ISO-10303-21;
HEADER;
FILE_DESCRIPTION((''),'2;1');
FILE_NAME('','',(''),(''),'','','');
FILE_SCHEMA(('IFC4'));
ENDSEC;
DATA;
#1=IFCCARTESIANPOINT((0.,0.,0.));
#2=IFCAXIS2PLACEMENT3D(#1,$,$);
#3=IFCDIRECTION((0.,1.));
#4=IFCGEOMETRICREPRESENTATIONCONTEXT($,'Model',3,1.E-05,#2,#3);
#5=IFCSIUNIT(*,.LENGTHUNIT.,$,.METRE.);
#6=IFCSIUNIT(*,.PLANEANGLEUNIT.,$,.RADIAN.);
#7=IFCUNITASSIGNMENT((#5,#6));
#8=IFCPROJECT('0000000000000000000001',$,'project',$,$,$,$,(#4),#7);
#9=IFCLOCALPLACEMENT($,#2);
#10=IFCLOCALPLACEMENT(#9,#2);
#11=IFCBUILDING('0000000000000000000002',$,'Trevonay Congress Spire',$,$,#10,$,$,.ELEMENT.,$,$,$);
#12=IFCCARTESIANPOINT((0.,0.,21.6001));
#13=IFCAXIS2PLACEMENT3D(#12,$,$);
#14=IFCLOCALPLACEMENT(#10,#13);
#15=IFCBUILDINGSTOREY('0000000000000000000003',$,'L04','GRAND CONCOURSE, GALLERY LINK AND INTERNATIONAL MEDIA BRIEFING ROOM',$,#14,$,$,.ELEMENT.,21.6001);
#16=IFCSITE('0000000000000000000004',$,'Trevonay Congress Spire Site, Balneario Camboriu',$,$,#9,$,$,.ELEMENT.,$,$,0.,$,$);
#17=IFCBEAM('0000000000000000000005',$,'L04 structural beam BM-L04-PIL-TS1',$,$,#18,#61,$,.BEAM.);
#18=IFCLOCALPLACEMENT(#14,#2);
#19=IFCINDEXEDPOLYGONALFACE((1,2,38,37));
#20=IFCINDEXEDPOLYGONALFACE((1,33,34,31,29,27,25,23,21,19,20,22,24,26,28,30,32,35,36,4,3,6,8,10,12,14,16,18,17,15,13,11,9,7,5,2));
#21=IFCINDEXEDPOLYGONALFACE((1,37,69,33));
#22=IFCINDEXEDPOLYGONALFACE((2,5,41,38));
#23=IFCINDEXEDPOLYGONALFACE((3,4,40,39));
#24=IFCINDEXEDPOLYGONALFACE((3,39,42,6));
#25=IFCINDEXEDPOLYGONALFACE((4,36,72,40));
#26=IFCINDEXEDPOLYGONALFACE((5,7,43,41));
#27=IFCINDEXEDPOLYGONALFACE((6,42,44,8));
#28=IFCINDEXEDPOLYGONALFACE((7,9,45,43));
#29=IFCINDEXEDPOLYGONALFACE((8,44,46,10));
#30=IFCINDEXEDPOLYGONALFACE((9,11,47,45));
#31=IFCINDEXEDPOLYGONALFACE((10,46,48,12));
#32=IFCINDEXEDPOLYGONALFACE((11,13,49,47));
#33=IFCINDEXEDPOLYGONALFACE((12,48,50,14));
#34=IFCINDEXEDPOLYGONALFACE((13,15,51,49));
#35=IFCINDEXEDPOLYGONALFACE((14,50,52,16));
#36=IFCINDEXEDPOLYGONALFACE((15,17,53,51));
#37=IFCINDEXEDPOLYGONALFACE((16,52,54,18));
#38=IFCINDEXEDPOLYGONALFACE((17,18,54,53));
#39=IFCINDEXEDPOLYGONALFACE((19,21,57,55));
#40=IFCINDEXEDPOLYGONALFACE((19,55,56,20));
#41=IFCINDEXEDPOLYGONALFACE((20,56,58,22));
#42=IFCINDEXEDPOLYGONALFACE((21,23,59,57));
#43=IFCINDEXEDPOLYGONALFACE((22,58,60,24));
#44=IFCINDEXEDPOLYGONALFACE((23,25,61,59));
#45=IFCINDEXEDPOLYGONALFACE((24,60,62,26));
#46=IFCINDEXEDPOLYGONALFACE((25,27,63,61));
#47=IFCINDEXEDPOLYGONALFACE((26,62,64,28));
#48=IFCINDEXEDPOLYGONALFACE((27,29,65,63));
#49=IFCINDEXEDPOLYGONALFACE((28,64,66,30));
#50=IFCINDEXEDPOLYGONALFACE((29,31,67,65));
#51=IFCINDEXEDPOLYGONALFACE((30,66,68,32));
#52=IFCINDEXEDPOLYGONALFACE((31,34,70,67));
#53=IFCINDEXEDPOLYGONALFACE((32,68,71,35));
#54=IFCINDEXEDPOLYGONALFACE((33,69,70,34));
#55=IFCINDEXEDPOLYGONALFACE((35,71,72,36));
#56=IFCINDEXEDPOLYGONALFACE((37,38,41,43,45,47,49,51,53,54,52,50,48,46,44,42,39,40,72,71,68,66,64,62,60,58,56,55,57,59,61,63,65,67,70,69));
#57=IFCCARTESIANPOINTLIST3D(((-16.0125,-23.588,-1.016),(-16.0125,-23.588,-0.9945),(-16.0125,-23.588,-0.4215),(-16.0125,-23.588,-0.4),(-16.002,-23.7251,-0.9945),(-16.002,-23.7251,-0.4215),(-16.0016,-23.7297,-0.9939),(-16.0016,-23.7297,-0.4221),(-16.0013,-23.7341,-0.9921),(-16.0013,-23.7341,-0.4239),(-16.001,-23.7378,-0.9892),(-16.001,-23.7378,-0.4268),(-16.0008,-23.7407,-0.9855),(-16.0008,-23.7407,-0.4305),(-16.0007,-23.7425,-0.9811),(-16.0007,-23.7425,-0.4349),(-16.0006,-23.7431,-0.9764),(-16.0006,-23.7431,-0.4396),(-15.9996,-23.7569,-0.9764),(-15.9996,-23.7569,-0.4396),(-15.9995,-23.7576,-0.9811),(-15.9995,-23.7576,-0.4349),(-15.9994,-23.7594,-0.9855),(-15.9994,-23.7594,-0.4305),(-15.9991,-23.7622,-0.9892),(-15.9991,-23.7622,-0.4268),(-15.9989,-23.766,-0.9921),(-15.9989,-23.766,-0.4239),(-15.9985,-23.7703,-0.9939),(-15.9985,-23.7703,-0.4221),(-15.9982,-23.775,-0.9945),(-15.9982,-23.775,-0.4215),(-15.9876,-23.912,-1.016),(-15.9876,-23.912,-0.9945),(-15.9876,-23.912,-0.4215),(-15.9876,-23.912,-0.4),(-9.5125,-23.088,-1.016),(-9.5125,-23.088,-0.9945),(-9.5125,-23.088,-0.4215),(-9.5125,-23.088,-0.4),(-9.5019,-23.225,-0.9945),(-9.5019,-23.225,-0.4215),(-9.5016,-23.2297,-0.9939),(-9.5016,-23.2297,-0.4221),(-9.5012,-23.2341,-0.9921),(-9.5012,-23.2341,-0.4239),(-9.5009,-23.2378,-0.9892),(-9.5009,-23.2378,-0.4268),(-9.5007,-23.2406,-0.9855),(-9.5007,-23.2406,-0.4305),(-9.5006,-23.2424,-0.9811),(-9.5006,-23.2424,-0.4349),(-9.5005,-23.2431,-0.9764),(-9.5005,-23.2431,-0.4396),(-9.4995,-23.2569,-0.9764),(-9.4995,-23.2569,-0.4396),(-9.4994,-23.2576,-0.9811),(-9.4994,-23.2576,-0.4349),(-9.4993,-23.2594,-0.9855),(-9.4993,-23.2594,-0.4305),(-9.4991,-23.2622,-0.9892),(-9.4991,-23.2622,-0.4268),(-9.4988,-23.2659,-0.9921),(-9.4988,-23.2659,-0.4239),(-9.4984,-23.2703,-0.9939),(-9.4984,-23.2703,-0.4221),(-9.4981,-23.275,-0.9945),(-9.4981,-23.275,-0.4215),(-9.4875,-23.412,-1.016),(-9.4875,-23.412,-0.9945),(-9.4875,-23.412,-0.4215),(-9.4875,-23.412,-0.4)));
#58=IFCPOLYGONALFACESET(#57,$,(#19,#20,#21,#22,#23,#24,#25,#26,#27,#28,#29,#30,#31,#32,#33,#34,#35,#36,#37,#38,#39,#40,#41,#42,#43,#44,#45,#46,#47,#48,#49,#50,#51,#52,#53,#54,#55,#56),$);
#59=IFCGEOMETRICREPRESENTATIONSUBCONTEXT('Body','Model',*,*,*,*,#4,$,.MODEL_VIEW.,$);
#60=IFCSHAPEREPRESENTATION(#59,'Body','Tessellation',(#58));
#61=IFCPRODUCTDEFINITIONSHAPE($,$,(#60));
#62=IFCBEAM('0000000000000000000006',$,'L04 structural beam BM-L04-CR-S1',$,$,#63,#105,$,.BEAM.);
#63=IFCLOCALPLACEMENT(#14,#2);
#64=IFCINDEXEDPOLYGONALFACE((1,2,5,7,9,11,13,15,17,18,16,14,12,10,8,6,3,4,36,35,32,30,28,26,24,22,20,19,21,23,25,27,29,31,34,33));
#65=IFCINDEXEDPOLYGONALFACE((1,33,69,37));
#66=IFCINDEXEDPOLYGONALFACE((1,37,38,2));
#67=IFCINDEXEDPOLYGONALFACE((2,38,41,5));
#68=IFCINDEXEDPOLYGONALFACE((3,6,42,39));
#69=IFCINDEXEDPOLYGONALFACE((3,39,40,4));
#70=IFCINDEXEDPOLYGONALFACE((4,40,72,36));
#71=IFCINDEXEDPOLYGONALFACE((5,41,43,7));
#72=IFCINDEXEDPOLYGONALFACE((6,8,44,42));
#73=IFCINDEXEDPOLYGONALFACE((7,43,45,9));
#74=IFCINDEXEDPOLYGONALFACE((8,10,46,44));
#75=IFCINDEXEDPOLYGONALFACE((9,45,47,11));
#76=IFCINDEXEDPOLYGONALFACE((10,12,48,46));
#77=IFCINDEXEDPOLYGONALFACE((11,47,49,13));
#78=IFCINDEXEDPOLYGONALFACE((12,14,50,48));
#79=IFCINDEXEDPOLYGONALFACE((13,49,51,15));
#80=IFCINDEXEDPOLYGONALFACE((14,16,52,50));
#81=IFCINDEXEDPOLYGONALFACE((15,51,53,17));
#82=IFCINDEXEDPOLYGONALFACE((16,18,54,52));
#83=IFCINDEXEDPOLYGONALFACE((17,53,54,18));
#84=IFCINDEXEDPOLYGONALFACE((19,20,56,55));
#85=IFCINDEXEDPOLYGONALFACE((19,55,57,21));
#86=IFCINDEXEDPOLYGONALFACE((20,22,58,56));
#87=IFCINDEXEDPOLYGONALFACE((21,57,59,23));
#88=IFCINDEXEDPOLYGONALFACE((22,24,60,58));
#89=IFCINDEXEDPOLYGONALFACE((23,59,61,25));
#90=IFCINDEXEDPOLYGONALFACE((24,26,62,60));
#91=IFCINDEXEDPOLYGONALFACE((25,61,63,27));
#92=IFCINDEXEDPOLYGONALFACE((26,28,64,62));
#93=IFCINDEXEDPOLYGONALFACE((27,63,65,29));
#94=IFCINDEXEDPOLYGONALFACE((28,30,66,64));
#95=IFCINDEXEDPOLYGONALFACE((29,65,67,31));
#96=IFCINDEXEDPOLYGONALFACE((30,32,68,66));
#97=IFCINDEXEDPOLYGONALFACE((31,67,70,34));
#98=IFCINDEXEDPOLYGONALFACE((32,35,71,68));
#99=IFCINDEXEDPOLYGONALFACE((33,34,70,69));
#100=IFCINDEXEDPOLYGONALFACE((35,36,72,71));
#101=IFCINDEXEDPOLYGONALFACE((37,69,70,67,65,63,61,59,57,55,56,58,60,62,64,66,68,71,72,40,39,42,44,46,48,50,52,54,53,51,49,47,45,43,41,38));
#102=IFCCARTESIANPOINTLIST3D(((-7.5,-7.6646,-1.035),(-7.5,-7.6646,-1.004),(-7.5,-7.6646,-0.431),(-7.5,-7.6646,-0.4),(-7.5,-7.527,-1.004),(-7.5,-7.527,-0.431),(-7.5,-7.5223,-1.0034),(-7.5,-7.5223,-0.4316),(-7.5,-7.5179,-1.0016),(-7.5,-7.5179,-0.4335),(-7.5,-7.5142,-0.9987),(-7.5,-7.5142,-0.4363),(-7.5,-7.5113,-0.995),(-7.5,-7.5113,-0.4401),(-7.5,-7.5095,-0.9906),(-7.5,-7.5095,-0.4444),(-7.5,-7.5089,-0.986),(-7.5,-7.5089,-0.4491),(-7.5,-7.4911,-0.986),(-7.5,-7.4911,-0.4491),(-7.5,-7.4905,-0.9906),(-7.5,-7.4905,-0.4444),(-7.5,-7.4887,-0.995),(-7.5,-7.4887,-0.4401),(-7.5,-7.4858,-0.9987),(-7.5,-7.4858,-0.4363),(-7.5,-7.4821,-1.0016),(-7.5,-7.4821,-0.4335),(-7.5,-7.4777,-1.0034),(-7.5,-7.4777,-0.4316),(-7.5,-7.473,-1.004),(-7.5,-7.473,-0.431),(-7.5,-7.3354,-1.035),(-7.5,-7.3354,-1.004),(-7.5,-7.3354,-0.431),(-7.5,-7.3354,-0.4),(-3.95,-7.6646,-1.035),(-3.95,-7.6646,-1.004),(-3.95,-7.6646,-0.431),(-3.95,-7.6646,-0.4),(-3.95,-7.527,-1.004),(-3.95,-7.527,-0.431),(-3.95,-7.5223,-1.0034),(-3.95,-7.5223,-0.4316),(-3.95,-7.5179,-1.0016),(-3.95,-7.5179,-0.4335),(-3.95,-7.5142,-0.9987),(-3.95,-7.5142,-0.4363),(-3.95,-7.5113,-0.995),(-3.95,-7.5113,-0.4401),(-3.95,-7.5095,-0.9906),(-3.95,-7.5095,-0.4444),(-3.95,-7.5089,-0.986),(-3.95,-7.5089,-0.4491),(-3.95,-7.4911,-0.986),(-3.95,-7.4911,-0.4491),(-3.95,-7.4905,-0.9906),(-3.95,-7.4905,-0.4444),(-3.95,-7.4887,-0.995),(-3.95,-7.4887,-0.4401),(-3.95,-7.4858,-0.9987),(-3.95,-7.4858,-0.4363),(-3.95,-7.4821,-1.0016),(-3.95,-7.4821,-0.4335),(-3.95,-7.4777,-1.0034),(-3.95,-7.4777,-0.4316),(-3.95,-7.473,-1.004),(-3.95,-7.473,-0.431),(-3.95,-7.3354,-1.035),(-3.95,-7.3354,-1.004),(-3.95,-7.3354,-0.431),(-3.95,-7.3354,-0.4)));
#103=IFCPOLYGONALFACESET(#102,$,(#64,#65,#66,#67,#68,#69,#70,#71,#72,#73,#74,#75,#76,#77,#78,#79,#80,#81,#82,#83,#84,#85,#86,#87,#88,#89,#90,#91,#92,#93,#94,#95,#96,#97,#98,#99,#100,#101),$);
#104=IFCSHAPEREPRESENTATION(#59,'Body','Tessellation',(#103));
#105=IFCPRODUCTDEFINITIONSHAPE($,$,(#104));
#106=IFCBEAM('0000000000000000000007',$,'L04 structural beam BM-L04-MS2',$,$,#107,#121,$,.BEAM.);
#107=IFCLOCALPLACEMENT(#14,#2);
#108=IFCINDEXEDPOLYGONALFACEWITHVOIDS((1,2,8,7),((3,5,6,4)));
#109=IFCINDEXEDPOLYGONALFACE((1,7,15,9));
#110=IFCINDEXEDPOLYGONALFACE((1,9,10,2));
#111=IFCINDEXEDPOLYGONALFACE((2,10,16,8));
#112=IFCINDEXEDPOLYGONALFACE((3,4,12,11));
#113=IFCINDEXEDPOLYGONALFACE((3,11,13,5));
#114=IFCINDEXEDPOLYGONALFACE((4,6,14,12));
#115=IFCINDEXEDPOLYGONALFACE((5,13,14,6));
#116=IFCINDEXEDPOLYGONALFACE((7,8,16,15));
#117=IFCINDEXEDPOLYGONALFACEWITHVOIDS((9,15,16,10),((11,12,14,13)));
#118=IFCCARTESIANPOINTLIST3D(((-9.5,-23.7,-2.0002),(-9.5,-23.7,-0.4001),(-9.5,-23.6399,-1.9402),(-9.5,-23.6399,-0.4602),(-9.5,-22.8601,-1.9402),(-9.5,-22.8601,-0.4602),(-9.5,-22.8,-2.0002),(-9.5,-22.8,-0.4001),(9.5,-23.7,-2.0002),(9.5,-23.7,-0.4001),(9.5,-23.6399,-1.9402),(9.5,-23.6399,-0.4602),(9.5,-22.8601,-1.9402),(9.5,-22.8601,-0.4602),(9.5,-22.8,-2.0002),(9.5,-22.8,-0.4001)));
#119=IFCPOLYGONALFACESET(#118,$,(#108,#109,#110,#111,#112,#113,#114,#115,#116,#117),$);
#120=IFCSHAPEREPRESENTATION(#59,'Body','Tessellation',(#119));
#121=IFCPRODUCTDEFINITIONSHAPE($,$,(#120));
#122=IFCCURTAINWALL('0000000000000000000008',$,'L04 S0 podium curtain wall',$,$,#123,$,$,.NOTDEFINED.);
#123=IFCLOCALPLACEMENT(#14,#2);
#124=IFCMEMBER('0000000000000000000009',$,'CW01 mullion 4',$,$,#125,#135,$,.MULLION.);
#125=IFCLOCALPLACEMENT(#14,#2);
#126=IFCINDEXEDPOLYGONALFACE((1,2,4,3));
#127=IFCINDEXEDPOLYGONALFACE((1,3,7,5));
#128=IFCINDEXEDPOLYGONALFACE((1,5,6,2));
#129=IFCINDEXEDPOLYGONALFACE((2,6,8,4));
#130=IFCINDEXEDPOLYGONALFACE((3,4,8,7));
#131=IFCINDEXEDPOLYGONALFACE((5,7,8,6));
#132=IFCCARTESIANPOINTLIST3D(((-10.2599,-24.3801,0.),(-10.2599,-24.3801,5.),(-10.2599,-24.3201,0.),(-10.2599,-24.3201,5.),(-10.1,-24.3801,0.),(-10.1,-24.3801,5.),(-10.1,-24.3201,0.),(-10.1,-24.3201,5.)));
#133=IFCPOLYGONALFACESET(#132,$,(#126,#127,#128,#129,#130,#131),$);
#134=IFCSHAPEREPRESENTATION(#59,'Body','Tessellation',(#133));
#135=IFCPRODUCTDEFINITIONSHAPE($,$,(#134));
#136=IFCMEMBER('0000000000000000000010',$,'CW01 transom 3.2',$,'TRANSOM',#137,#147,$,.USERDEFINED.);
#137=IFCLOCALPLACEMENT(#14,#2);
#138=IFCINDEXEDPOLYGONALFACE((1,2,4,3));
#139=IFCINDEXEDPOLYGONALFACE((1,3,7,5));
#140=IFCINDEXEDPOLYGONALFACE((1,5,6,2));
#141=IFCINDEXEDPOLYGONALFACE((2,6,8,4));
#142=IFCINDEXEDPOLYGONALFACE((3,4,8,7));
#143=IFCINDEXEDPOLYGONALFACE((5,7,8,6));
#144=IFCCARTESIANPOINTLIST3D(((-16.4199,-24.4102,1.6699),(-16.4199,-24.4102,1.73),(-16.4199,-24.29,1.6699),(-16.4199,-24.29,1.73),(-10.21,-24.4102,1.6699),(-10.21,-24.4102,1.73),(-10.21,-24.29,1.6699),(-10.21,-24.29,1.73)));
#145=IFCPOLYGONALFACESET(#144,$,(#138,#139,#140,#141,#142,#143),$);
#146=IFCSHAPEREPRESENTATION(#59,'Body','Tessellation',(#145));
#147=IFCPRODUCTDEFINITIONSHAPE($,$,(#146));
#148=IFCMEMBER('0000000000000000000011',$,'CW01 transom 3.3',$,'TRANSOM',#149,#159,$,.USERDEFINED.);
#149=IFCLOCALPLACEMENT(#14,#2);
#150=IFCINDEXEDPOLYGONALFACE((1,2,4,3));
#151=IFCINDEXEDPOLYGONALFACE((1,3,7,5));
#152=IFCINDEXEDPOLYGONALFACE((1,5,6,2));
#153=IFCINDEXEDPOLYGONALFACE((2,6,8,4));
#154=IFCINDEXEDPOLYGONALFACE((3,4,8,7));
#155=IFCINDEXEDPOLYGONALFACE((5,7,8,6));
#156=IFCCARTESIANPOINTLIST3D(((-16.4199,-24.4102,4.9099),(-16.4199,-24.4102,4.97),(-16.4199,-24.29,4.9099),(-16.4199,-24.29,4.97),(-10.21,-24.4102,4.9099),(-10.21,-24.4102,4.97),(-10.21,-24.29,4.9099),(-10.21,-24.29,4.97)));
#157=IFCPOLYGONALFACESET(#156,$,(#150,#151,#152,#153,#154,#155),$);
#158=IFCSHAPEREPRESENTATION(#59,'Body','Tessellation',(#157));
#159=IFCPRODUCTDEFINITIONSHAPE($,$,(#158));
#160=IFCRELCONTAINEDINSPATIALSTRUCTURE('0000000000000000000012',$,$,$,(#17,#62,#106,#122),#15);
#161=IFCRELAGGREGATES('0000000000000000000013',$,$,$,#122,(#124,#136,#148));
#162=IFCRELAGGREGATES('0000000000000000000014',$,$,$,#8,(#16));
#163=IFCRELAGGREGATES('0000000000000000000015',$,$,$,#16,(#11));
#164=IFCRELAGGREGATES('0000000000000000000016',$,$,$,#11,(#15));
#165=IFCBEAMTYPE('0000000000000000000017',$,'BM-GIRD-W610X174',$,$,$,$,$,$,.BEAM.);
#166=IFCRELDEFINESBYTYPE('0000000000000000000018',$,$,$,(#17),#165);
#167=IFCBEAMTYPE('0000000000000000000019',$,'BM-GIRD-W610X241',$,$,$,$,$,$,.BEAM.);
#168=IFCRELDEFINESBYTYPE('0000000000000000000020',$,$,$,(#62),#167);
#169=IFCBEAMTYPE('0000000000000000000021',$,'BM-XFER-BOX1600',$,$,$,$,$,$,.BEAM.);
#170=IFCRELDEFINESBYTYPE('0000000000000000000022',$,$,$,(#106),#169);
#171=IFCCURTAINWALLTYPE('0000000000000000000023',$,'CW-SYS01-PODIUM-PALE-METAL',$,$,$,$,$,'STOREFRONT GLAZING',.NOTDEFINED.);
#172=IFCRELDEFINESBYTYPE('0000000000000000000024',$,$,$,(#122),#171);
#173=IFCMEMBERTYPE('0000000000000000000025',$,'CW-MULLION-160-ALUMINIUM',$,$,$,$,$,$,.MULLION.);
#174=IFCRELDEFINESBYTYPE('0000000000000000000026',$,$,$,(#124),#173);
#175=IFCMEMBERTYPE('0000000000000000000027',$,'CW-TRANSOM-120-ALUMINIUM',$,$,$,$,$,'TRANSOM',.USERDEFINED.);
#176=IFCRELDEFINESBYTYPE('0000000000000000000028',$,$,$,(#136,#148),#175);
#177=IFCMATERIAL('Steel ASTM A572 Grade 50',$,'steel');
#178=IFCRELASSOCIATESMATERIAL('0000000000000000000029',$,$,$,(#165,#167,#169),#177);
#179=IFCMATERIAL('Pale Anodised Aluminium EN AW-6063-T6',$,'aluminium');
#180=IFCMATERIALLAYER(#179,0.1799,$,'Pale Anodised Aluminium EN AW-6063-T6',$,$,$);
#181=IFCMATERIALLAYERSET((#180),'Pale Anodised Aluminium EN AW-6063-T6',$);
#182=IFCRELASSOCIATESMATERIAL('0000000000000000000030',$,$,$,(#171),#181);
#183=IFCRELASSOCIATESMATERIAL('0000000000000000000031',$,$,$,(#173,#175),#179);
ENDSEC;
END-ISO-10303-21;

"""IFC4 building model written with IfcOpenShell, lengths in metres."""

from ifc_helpers import new_model, si_unit, direction, frame, origin, origin_2d, place, context, subcontext, project, spatial, rectangle, hollow_rectangle, i_section, extrude, material, layer, layer_set, material_profile, profile_set, type_object, element, aggregate, save


model = new_model("IFC4")

# Units and contexts
model_context = context("Model", 3, precision=1e-05, world=origin(), true_north=direction((0.0, 1.0)))
body_context = subcontext(model_context, "Body", "Model", "MODEL_VIEW")
ifc_project = project(units=[si_unit("LENGTHUNIT", "METRE"), si_unit("PLANEANGLEUNIT", "RADIAN")], contexts=[model_context])

# Site, building, storey
site_placement = place(None, origin())
site = spatial("IfcSite", under=ifc_project, at=site_placement, Name="Trevonay Congress Spire Site, Balneario Camboriu", CompositionType="ELEMENT", RefElevation=0.0)
building_placement = place(site_placement, origin())
building = spatial("IfcBuilding", under=site, at=building_placement, Name="Trevonay Congress Spire", CompositionType="ELEMENT")
storey_placement = place(building_placement, frame((0.0, 0.0, 21.6001)))
storey = spatial("IfcBuildingStorey", under=building, at=storey_placement, Name="L04", Description="GRAND CONCOURSE, GALLERY LINK AND INTERNATIONAL MEDIA BRIEFING ROOM", CompositionType="ELEMENT", Elevation=21.6001)

# Shared definitions
ifc_material_1 = material(Name="Steel ASTM A572 Grade 50", Category="steel")

# Beams
ifc_material_profile_1 = material_profile(ifc_material_1, i_section(OverallWidth=0.325, OverallDepth=0.616, WebThickness=0.0139, FlangeThickness=0.0215, FilletRadius=0.0181, at=origin_2d()), Name="W610x174")
ifc_profile_set_1 = profile_set([ifc_material_profile_1], Name="Steel ASTM A572 Grade 50")
beam_type_1 = type_object("IfcBeamType", Name="BM-GIRD-W610X174", PredefinedType="BEAM", material=ifc_profile_set_1)
beam_1_placement = place(storey_placement, frame((-9.5, -23.25, -0.708), z_axis=(-0.997054, -0.076696, 0.0), x_axis=(0.076696, -0.997054, 0.0)))
element("IfcBeam", 1, at=beam_1_placement, inside=storey, type_object=beam_type_1, Name="L04 structural beam BM-L04-PIL-TS1", PredefinedType="BEAM", context=body_context, shape_type="SweptSolid", body=[
    extrude(i_section(OverallWidth=0.325, OverallDepth=0.616, WebThickness=0.0139, FlangeThickness=0.0215, FilletRadius=0.0181, at=origin_2d()), origin(), (0.0, 0.0, 1.0), 6.5193),
])
ifc_material_profile_2 = material_profile(ifc_material_1, i_section(OverallWidth=0.3291, OverallDepth=0.635, WebThickness=0.0178, FlangeThickness=0.031, FilletRadius=0.0181, at=origin_2d()), Name="W610x241")
ifc_profile_set_2 = profile_set([ifc_material_profile_2], Name="Steel ASTM A572 Grade 50")
beam_type_2 = type_object("IfcBeamType", Name="BM-GIRD-W610X241", PredefinedType="BEAM", material=ifc_profile_set_2)
beam_2_placement = place(storey_placement, frame((-7.5, -7.5, -0.7175), z_axis=(1.0, 0.0, 0.0), x_axis=(0.0, 1.0, 0.0)))
element("IfcBeam", 2, at=beam_2_placement, inside=storey, type_object=beam_type_2, Name="L04 structural beam BM-L04-CR-S1", PredefinedType="BEAM", context=body_context, shape_type="SweptSolid", body=[
    extrude(i_section(OverallWidth=0.3291, OverallDepth=0.635, WebThickness=0.0178, FlangeThickness=0.031, FilletRadius=0.0181, at=origin_2d()), origin(), (0.0, 0.0, 1.0), 3.55),
])
ifc_material_profile_3 = material_profile(ifc_material_1, hollow_rectangle(XDim=0.8999, YDim=1.6001, WallThickness=0.0601, at=origin_2d()), Name="BOX 1600x900x60")
ifc_profile_set_3 = profile_set([ifc_material_profile_3], Name="Steel ASTM A572 Grade 50")
beam_type_3 = type_object("IfcBeamType", Name="BM-XFER-BOX1600", PredefinedType="BEAM", material=ifc_profile_set_3)
beam_3_placement = place(storey_placement, frame((-9.5, -23.25, -1.2002), z_axis=(1.0, 0.0, 0.0), x_axis=(0.0, 1.0, 0.0)))
element("IfcBeam", 3, at=beam_3_placement, inside=storey, type_object=beam_type_3, Name="L04 structural beam BM-L04-MS2", PredefinedType="BEAM", context=body_context, shape_type="SweptSolid", body=[
    extrude(hollow_rectangle(XDim=0.8999, YDim=1.6001, WallThickness=0.0601, at=origin_2d()), origin(), (0.0, 0.0, 1.0), 19.0),
])

# Curtain wall, members
ifc_material_2 = material(Name="Pale Anodised Aluminium EN AW-6063-T6", Category="aluminium")
ifc_layer_1 = layer(ifc_material_2, 0.1799, Name="Pale Anodised Aluminium EN AW-6063-T6")
ifc_layer_set_1 = layer_set([ifc_layer_1], Name="Pale Anodised Aluminium EN AW-6063-T6")
curtain_wall_type = type_object("IfcCurtainWallType", Name="CW-SYS01-PODIUM-PALE-METAL", ElementType="STOREFRONT GLAZING", PredefinedType="NOTDEFINED", material=ifc_layer_set_1)
curtain_wall_placement = place(storey_placement, origin())
curtain_wall = element("IfcCurtainWall", 4, at=curtain_wall_placement, inside=storey, type_object=curtain_wall_type, Name="L04 S0 podium curtain wall", PredefinedType="NOTDEFINED")
ifc_material_profile_4 = material_profile(ifc_material_2, rectangle(XDim=0.0601, YDim=0.1599, at=origin_2d()), Name="CW-MULLION-160-ALUMINIUM")
ifc_profile_set_4 = profile_set([ifc_material_profile_4], Name="Pale Anodised Aluminium EN AW-6063-T6")
member_type_1 = type_object("IfcMemberType", Name="CW-MULLION-160-ALUMINIUM", PredefinedType="MULLION", material=ifc_profile_set_4)
member_1_placement = place(storey_placement, frame((-10.1799, -24.3501, 0.0), z_axis=(0.0, 0.0, 1.0), x_axis=(0.0, 1.0, 0.0)))
member_1 = element("IfcMember", 5, at=member_1_placement, type_object=member_type_1, Name="CW01 mullion 4", PredefinedType="MULLION", context=body_context, shape_type="SweptSolid", body=[
    extrude(rectangle(XDim=0.0601, YDim=0.1599, at=origin_2d()), origin(), (0.0, 0.0, 1.0), 5.0),
])
ifc_material_profile_5 = material_profile(ifc_material_2, rectangle(XDim=0.1201, YDim=0.0601, at=origin_2d()), Name="CW-TRANSOM-120-ALUMINIUM")
ifc_profile_set_5 = profile_set([ifc_material_profile_5], Name="Pale Anodised Aluminium EN AW-6063-T6")
member_type_2 = type_object("IfcMemberType", Name="CW-TRANSOM-120-ALUMINIUM", ElementType="TRANSOM", PredefinedType="USERDEFINED", material=ifc_profile_set_5)
member_2_placement = place(storey_placement, frame((-16.4199, -24.3501, 1.7), z_axis=(1.0, 0.0, 0.0), x_axis=(0.0, 1.0, 0.0)))
member_2 = element("IfcMember", 6, at=member_2_placement, type_object=member_type_2, Name="CW01 transom 3.2", ObjectType="TRANSOM", PredefinedType="USERDEFINED", context=body_context, shape_type="SweptSolid", body=[
    extrude(rectangle(XDim=0.1201, YDim=0.0601, at=origin_2d()), origin(), (0.0, 0.0, 1.0), 6.21),
])
member_3_placement = place(storey_placement, frame((-16.4199, -24.3501, 4.9399), z_axis=(1.0, 0.0, 0.0), x_axis=(0.0, 1.0, 0.0)))
member_3 = element("IfcMember", 7, at=member_3_placement, type_object=member_type_2, Name="CW01 transom 3.3", ObjectType="TRANSOM", PredefinedType="USERDEFINED", context=body_context, shape_type="SweptSolid", body=[
    extrude(rectangle(XDim=0.1201, YDim=0.0601, at=origin_2d()), origin(), (0.0, 0.0, 1.0), 6.21),
])

aggregate(curtain_wall, [member_1, member_2, member_3])

save(model, "model.ifc")
